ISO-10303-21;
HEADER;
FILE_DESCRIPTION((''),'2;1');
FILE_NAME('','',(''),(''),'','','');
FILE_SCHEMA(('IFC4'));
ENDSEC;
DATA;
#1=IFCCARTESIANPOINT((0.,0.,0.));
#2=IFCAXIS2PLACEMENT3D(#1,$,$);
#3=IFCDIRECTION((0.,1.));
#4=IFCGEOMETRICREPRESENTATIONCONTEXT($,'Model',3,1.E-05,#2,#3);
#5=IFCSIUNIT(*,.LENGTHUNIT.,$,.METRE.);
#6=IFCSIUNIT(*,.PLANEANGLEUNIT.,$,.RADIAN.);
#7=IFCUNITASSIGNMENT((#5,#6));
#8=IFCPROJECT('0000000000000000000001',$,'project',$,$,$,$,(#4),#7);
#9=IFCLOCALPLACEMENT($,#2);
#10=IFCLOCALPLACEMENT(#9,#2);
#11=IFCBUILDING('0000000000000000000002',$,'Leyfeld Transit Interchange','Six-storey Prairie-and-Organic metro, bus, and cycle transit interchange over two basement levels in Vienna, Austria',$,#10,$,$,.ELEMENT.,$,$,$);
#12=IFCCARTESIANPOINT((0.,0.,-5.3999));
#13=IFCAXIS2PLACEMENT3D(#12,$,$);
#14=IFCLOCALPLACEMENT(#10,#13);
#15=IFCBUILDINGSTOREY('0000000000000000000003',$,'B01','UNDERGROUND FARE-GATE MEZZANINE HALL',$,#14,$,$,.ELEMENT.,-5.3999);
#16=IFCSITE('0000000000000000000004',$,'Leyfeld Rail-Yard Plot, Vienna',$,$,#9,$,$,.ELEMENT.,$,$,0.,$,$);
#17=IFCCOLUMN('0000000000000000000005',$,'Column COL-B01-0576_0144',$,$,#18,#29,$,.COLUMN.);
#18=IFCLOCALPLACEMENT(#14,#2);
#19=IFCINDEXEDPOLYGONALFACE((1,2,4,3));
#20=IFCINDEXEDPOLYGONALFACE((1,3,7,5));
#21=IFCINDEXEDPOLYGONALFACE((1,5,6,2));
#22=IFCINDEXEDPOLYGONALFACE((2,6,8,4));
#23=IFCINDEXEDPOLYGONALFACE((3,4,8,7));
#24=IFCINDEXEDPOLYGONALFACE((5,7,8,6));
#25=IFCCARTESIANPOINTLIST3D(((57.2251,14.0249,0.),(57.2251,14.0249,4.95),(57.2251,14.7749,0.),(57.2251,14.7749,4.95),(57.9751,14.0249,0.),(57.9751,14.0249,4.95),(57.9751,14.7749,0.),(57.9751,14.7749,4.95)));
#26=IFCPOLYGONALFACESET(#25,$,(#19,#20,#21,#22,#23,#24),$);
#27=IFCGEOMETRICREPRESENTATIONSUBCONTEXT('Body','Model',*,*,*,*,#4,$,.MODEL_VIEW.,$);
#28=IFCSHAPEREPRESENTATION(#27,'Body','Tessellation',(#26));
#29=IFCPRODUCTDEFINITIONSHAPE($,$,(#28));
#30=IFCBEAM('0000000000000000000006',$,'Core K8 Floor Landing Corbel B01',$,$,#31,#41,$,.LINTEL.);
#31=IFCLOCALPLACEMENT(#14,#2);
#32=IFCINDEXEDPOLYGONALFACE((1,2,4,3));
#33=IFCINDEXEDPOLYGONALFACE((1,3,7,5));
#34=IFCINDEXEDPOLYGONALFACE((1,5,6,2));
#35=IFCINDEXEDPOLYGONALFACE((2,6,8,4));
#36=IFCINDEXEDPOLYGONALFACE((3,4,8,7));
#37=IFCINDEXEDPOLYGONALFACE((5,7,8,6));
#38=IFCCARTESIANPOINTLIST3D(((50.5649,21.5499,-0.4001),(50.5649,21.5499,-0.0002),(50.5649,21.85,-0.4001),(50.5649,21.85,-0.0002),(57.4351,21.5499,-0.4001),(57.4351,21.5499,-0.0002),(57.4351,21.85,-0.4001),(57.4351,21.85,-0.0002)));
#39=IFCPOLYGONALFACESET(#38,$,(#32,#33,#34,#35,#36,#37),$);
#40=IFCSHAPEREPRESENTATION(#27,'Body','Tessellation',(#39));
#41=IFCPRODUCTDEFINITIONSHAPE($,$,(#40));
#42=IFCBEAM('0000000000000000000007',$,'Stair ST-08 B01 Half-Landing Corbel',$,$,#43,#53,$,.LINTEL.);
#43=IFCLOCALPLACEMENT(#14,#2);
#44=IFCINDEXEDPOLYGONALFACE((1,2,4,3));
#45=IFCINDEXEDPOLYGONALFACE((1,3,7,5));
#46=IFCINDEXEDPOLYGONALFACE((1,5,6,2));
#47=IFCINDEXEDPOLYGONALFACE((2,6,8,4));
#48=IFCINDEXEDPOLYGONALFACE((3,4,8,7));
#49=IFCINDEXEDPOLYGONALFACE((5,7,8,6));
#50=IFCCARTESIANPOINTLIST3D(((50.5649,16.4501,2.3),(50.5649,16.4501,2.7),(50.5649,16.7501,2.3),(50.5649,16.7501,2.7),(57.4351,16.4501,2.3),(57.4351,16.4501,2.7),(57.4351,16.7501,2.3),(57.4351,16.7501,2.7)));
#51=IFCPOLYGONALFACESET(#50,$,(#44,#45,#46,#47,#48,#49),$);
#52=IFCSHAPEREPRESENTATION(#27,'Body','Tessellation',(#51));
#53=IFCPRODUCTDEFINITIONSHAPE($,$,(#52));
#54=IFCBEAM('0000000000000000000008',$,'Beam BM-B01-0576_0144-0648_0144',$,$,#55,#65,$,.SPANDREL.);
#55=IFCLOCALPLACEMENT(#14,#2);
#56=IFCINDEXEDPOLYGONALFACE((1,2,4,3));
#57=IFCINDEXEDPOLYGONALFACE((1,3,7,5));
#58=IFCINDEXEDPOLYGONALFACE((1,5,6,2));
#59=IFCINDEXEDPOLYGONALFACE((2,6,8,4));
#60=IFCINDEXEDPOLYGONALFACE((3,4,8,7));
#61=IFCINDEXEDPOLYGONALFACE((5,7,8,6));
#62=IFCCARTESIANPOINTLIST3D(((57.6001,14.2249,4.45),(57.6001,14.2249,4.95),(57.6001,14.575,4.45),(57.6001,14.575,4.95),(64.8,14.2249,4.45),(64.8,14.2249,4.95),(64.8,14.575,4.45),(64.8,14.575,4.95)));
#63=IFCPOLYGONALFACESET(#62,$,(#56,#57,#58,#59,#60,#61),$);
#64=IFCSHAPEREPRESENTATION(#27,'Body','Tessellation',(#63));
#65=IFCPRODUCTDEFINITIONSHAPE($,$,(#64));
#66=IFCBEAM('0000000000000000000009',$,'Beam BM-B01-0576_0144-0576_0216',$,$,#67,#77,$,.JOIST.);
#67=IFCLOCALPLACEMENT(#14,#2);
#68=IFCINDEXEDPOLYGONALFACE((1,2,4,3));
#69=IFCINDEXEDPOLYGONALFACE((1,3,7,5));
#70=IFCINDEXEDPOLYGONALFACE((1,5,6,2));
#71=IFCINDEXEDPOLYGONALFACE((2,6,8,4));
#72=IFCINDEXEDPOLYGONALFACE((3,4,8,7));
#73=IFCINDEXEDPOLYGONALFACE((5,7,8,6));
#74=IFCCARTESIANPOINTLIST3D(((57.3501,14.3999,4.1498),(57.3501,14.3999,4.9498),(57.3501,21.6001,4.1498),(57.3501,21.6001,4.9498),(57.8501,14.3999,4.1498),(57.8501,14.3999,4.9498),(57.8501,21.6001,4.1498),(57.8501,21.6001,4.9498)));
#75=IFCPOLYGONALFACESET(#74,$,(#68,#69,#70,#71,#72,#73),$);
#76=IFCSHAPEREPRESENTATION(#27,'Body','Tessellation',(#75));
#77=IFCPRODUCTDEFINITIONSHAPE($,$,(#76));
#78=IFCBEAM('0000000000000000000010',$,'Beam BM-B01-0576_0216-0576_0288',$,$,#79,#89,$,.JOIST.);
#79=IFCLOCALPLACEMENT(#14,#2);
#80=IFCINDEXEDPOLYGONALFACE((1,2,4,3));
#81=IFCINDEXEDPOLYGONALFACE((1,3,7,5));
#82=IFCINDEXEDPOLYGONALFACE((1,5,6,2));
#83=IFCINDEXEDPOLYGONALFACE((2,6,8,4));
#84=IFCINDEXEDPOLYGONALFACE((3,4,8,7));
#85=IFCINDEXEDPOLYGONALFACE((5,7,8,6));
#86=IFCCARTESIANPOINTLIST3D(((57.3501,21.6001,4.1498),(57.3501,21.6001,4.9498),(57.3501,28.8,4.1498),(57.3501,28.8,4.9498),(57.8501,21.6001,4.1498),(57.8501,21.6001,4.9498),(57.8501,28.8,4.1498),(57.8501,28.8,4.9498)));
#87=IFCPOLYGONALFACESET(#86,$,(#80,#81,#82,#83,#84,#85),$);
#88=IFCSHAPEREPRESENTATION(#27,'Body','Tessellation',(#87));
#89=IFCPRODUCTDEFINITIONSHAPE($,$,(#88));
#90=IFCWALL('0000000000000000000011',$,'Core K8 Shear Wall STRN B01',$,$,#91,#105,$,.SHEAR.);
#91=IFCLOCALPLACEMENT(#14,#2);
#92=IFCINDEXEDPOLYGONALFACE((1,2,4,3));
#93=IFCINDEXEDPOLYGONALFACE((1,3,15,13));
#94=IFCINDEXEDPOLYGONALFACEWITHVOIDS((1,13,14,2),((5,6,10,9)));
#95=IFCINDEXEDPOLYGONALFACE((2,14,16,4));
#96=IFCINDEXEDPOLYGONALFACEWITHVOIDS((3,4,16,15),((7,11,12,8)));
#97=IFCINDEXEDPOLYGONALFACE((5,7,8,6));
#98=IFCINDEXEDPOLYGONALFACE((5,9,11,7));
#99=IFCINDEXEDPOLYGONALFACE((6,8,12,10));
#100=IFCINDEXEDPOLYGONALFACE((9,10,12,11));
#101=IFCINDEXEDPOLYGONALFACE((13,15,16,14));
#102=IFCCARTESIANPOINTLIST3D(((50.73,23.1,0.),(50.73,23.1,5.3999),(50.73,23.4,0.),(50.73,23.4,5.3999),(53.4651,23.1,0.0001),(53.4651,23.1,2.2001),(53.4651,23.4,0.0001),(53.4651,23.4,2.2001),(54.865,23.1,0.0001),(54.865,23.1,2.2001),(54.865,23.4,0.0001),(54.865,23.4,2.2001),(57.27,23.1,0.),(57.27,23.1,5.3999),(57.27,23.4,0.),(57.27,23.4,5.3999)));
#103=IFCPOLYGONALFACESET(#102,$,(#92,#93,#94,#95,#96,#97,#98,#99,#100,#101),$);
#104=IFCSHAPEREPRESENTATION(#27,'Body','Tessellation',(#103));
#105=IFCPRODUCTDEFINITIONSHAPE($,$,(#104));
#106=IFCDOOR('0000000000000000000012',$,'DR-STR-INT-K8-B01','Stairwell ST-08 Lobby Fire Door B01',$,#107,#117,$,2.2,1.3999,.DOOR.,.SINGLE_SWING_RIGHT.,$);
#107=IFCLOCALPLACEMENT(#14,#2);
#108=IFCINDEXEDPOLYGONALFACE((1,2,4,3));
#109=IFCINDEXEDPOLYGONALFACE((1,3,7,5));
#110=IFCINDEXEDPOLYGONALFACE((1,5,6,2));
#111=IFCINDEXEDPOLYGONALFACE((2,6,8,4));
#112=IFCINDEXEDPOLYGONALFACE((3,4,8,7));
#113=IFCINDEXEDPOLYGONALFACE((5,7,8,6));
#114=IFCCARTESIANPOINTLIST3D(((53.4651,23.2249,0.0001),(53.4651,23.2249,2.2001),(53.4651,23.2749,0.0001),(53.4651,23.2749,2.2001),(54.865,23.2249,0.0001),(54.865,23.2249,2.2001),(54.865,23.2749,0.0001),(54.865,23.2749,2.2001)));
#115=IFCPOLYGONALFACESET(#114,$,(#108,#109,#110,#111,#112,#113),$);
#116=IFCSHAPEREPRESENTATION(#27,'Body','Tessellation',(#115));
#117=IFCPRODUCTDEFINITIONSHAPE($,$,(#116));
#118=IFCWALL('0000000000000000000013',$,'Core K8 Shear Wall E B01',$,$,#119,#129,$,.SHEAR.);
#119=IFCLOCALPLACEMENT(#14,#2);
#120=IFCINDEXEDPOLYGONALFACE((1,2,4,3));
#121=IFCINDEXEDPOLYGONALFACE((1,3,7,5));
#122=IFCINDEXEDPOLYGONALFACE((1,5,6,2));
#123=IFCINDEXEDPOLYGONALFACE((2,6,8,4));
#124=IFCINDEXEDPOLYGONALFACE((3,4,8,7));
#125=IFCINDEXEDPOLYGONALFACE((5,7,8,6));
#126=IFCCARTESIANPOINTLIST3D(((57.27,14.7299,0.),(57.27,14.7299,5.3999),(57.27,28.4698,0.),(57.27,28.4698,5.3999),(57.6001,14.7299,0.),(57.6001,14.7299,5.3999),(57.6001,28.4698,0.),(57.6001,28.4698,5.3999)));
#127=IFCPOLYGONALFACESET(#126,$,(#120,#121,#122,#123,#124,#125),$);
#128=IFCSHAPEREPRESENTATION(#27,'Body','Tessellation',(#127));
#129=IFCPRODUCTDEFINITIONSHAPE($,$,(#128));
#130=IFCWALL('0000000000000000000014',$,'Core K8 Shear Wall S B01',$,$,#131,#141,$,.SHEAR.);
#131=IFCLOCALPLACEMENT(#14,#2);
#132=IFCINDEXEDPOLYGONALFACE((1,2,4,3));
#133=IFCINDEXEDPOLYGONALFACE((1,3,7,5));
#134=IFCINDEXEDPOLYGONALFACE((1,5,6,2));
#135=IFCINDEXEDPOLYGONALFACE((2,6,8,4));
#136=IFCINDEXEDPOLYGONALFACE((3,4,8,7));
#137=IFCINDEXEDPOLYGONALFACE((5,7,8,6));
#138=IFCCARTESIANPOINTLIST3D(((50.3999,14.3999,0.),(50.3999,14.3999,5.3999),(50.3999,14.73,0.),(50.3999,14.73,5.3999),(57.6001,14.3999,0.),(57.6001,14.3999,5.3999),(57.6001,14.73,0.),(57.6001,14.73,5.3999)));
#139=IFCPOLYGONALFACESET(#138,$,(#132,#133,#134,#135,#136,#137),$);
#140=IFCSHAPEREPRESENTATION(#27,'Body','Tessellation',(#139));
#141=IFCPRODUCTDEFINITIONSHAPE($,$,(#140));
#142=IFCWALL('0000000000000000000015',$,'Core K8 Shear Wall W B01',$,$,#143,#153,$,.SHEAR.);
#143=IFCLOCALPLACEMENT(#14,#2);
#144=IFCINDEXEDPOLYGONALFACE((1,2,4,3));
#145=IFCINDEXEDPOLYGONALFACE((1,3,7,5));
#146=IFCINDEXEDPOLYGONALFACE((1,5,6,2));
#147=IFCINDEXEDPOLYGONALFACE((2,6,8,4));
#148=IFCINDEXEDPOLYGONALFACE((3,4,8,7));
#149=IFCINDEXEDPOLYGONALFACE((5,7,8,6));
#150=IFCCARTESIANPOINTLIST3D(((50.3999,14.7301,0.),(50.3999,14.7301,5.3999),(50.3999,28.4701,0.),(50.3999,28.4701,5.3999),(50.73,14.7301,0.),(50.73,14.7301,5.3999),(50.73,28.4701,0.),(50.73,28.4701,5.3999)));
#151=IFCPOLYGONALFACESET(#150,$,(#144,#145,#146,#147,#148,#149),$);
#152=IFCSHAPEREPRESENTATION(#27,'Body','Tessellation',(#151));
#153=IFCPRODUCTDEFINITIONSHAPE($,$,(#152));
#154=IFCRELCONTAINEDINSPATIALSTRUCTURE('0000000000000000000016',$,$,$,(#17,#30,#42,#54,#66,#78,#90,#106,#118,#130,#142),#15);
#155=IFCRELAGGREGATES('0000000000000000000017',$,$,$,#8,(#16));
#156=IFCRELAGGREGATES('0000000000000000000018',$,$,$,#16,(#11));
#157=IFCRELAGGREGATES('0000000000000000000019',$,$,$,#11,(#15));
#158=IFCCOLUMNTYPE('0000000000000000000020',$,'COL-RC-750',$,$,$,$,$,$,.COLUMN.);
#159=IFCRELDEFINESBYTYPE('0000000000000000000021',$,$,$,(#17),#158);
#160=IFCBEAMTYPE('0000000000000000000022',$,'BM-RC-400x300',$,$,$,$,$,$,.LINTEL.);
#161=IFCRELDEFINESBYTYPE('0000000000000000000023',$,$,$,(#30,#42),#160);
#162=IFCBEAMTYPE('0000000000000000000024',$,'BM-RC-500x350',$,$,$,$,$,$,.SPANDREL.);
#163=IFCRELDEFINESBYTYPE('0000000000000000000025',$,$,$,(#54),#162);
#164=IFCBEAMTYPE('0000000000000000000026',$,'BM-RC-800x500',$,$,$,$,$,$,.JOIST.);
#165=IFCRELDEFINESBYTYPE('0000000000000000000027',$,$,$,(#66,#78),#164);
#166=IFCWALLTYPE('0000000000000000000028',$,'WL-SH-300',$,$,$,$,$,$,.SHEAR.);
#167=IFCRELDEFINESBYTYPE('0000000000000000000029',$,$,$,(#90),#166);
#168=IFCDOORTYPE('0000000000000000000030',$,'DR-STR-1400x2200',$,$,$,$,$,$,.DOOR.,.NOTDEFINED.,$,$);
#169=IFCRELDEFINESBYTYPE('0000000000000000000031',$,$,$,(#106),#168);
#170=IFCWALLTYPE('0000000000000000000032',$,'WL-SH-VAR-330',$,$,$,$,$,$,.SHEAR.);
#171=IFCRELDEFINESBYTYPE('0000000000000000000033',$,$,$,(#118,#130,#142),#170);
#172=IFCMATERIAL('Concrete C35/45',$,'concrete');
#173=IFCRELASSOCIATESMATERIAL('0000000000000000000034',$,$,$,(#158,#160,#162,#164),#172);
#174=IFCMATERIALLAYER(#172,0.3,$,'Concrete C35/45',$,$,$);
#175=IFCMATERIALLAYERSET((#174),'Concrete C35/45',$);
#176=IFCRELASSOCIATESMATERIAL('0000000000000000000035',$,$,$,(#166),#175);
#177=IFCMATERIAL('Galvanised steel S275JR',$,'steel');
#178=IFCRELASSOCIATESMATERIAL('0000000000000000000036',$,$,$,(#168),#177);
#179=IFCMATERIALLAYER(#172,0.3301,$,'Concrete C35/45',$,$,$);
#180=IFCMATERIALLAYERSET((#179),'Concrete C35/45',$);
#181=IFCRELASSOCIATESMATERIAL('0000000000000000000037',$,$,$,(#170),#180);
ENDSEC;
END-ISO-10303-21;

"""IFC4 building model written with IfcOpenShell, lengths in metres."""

from ifc_helpers import new_model, si_unit, direction, frame, frame_2d, origin, origin_2d, place, context, subcontext, project, spatial, rectangle, extrude, material, layer, layer_set, material_profile, profile_set, type_object, element, fill, save


model = new_model("IFC4")

# Units and contexts
model_context = context("Model", 3, precision=1e-05, world=origin(), true_north=direction((0.0, 1.0)))
body_context = subcontext(model_context, "Body", "Model", "MODEL_VIEW")
ifc_project = project(units=[si_unit("LENGTHUNIT", "METRE"), si_unit("PLANEANGLEUNIT", "RADIAN")], contexts=[model_context])

# Site, building, storey
site_placement = place(None, origin())
site = spatial("IfcSite", under=ifc_project, at=site_placement, Name="Leyfeld Rail-Yard Plot, Vienna", CompositionType="ELEMENT", RefElevation=0.0)
building_placement = place(site_placement, origin())
building = spatial("IfcBuilding", under=site, at=building_placement, Name="Leyfeld Transit Interchange", Description="Six-storey Prairie-and-Organic metro, bus, and cycle transit interchange over two basement levels in Vienna, Austria", CompositionType="ELEMENT")
storey_placement = place(building_placement, frame((0.0, 0.0, -5.3999)))
storey = spatial("IfcBuildingStorey", under=building, at=storey_placement, Name="B01", Description="UNDERGROUND FARE-GATE MEZZANINE HALL", CompositionType="ELEMENT", Elevation=-5.3999)

# Column
ifc_material_1 = material(Name="Concrete C35/45", Category="concrete")
ifc_material_profile_1 = material_profile(ifc_material_1, rectangle(XDim=0.75, YDim=0.75, at=origin_2d()), Name="RC 750x750")
ifc_profile_set_1 = profile_set([ifc_material_profile_1], Name="Concrete C35/45")
column_type = type_object("IfcColumnType", Name="COL-RC-750", PredefinedType="COLUMN", material=ifc_profile_set_1)
column_placement = place(storey_placement, frame((57.6001, 14.3999, 0.0), z_axis=(0.0, 0.0, 1.0), x_axis=(1.0, 0.0, 0.0)))
element("IfcColumn", 1, at=column_placement, inside=storey, type_object=column_type, Name="Column COL-B01-0576_0144", PredefinedType="COLUMN", context=body_context, shape_type="SweptSolid", body=[
    extrude(rectangle(XDim=0.75, YDim=0.75, at=origin_2d()), origin(), (0.0, 0.0, 1.0), 4.95),
])

# Beams
ifc_material_profile_2 = material_profile(ifc_material_1, rectangle(XDim=0.3, YDim=0.3999, at=origin_2d()), Name="RC 400x300")
ifc_profile_set_2 = profile_set([ifc_material_profile_2], Name="Concrete C35/45")
beam_type_1 = type_object("IfcBeamType", Name="BM-RC-400x300", PredefinedType="LINTEL", material=ifc_profile_set_2)
for number, where, z_axis, x_axis, name in (
    (2, (50.5649, 21.7, -0.2002), (1.0, 0.0, 0.0), (0.0, 1.0, 0.0), "Core K8 Floor Landing Corbel B01"),
    (3, (50.5649, 16.6001, 2.5), (1.0, 0.0, 0.0), (0.0, 1.0, 0.0), "Stair ST-08 B01 Half-Landing Corbel"),
):
    element("IfcBeam", number, at=place(storey_placement, frame(where, z_axis=z_axis, x_axis=x_axis)), inside=storey, type_object=beam_type_1, Name=name, PredefinedType="LINTEL", context=body_context, shape_type="SweptSolid", body=[
        extrude(rectangle(XDim=0.3, YDim=0.3999, at=origin_2d()), origin(), (0.0, 0.0, 1.0), 6.8701),
    ])
ifc_material_profile_3 = material_profile(ifc_material_1, rectangle(XDim=0.3501, YDim=0.5, at=origin_2d()), Name="RC 500x350")
ifc_profile_set_3 = profile_set([ifc_material_profile_3], Name="Concrete C35/45")
beam_type_2 = type_object("IfcBeamType", Name="BM-RC-500x350", PredefinedType="SPANDREL", material=ifc_profile_set_3)
beam_1_placement = place(storey_placement, frame((57.6001, 14.3999, 4.7), z_axis=(1.0, 0.0, 0.0), x_axis=(0.0, 1.0, 0.0)))
element("IfcBeam", 4, at=beam_1_placement, inside=storey, type_object=beam_type_2, Name="Beam BM-B01-0576_0144-0648_0144", PredefinedType="SPANDREL", context=body_context, shape_type="SweptSolid", body=[
    extrude(rectangle(XDim=0.3501, YDim=0.5, at=origin_2d()), origin(), (0.0, 0.0, 1.0), 7.2),
])
ifc_material_profile_4 = material_profile(ifc_material_1, rectangle(XDim=0.5, YDim=0.8, at=origin_2d()), Name="RC 800x500")
ifc_profile_set_4 = profile_set([ifc_material_profile_4], Name="Concrete C35/45")
beam_type_3 = type_object("IfcBeamType", Name="BM-RC-800x500", PredefinedType="JOIST", material=ifc_profile_set_4)
beam_2_placement = place(storey_placement, frame((57.6001, 14.3999, 4.5498), z_axis=(0.0, 1.0, 0.0), x_axis=(-1.0, 0.0, 0.0)))
element("IfcBeam", 5, at=beam_2_placement, inside=storey, type_object=beam_type_3, Name="Beam BM-B01-0576_0144-0576_0216", PredefinedType="JOIST", context=body_context, shape_type="SweptSolid", body=[
    extrude(rectangle(XDim=0.5, YDim=0.8, at=origin_2d()), origin(), (0.0, 0.0, 1.0), 7.2002),
])
beam_3_placement = place(storey_placement, frame((57.6001, 21.6001, 4.5498), z_axis=(0.0, 1.0, 0.0), x_axis=(-1.0, 0.0, 0.0)))
element("IfcBeam", 6, at=beam_3_placement, inside=storey, type_object=beam_type_3, Name="Beam BM-B01-0576_0216-0576_0288", PredefinedType="JOIST", context=body_context, shape_type="SweptSolid", body=[
    extrude(rectangle(XDim=0.5, YDim=0.8, at=origin_2d()), origin(), (0.0, 0.0, 1.0), 7.2),
])

# Wall, opening, door
ifc_layer_1 = layer(ifc_material_1, 0.3, Name="Concrete C35/45")
ifc_layer_set_1 = layer_set([ifc_layer_1], Name="Concrete C35/45")
wall_type_1 = type_object("IfcWallType", Name="WL-SH-300", PredefinedType="SHEAR", material=ifc_layer_set_1)
wall_1_placement = place(storey_placement, frame((50.73, 23.25, 0.0), z_axis=(0.0, 0.0, 1.0), x_axis=(1.0, 0.0, 0.0)))
wall_1 = element("IfcWall", 7, at=wall_1_placement, inside=storey, type_object=wall_type_1, Name="Core K8 Shear Wall STRN B01", PredefinedType="SHEAR", context=body_context, shape_type="SweptSolid", body=[
    extrude(rectangle(XDim=6.54, YDim=0.3, at=frame_2d((3.27, 0.0))), origin(), (0.0, 0.0, 1.0), 5.3999),
])
opening_placement = place(wall_1_placement, frame((2.7351, 0.0, 0.0)))
opening = element("IfcOpeningElement", 8, at=opening_placement, cuts=wall_1, PredefinedType="OPENING", context=body_context, shape_type="SweptSolid", body=[
    extrude(rectangle(XDim=1.3999, YDim=2.2, at=frame_2d((0.7, 1.1001))), frame((0.0, 0.1599, 0.0), z_axis=(0.0, -1.0, 0.0), x_axis=(1.0, 0.0, 0.0)), (0.0, 0.0, 1.0), 0.3201),
])
ifc_material_2 = material(Name="Galvanised steel S275JR", Category="steel")
door_type = type_object("IfcDoorType", Name="DR-STR-1400x2200", OperationType="NOTDEFINED", PredefinedType="DOOR", material=ifc_material_2)
door_placement = place(opening_placement, origin())
door = element("IfcDoor", 9, at=door_placement, inside=storey, type_object=door_type, Name="DR-STR-INT-K8-B01", Description="Stairwell ST-08 Lobby Fire Door B01", OperationType="SINGLE_SWING_RIGHT", OverallHeight=2.2, OverallWidth=1.3999, PredefinedType="DOOR", context=body_context, shape_type="SweptSolid", body=[
    extrude(rectangle(XDim=1.3999, YDim=2.2, at=frame_2d((0.7, 1.1001))), frame((0.0, 0.0249, 0.0), z_axis=(0.0, -1.0, 0.0), x_axis=(1.0, 0.0, 0.0)), (0.0, 0.0, 1.0), 0.05),
])
fill(opening, door)

# Walls
ifc_layer_2 = layer(ifc_material_1, 0.3301, Name="Concrete C35/45")
ifc_layer_set_2 = layer_set([ifc_layer_2], Name="Concrete C35/45")
wall_type_2 = type_object("IfcWallType", Name="WL-SH-VAR-330", PredefinedType="SHEAR", material=ifc_layer_set_2)
wall_2_placement = place(storey_placement, frame((57.4351, 28.47, 0.0), z_axis=(0.0, 0.0, 1.0), x_axis=(0.0, -1.0, 0.0)))
element("IfcWall", 10, at=wall_2_placement, inside=storey, type_object=wall_type_2, Name="Core K8 Shear Wall E B01", PredefinedType="SHEAR", context=body_context, shape_type="SweptSolid", body=[
    extrude(rectangle(XDim=13.74, YDim=0.3301, at=frame_2d((6.8701, 0.0))), origin(), (0.0, 0.0, 1.0), 5.3999),
])
wall_3_placement = place(storey_placement, frame((57.6001, 14.5649, 0.0), z_axis=(0.0, 0.0, 1.0), x_axis=(-1.0, 0.0, 0.0)))
element("IfcWall", 11, at=wall_3_placement, inside=storey, type_object=wall_type_2, Name="Core K8 Shear Wall S B01", PredefinedType="SHEAR", context=body_context, shape_type="SweptSolid", body=[
    extrude(rectangle(XDim=7.2002, YDim=0.3301, at=frame_2d((3.6001, 0.0))), origin(), (0.0, 0.0, 1.0), 5.3999),
])
wall_4_placement = place(storey_placement, frame((50.5649, 14.73, 0.0), z_axis=(0.0, 0.0, 1.0), x_axis=(0.0, 1.0, 0.0)))
element("IfcWall", 12, at=wall_4_placement, inside=storey, type_object=wall_type_2, Name="Core K8 Shear Wall W B01", PredefinedType="SHEAR", context=body_context, shape_type="SweptSolid", body=[
    extrude(rectangle(XDim=13.74, YDim=0.3301, at=frame_2d((6.8701, 0.0))), origin(), (0.0, 0.0, 1.0), 5.3999),
])

save(model, "model.ifc")
